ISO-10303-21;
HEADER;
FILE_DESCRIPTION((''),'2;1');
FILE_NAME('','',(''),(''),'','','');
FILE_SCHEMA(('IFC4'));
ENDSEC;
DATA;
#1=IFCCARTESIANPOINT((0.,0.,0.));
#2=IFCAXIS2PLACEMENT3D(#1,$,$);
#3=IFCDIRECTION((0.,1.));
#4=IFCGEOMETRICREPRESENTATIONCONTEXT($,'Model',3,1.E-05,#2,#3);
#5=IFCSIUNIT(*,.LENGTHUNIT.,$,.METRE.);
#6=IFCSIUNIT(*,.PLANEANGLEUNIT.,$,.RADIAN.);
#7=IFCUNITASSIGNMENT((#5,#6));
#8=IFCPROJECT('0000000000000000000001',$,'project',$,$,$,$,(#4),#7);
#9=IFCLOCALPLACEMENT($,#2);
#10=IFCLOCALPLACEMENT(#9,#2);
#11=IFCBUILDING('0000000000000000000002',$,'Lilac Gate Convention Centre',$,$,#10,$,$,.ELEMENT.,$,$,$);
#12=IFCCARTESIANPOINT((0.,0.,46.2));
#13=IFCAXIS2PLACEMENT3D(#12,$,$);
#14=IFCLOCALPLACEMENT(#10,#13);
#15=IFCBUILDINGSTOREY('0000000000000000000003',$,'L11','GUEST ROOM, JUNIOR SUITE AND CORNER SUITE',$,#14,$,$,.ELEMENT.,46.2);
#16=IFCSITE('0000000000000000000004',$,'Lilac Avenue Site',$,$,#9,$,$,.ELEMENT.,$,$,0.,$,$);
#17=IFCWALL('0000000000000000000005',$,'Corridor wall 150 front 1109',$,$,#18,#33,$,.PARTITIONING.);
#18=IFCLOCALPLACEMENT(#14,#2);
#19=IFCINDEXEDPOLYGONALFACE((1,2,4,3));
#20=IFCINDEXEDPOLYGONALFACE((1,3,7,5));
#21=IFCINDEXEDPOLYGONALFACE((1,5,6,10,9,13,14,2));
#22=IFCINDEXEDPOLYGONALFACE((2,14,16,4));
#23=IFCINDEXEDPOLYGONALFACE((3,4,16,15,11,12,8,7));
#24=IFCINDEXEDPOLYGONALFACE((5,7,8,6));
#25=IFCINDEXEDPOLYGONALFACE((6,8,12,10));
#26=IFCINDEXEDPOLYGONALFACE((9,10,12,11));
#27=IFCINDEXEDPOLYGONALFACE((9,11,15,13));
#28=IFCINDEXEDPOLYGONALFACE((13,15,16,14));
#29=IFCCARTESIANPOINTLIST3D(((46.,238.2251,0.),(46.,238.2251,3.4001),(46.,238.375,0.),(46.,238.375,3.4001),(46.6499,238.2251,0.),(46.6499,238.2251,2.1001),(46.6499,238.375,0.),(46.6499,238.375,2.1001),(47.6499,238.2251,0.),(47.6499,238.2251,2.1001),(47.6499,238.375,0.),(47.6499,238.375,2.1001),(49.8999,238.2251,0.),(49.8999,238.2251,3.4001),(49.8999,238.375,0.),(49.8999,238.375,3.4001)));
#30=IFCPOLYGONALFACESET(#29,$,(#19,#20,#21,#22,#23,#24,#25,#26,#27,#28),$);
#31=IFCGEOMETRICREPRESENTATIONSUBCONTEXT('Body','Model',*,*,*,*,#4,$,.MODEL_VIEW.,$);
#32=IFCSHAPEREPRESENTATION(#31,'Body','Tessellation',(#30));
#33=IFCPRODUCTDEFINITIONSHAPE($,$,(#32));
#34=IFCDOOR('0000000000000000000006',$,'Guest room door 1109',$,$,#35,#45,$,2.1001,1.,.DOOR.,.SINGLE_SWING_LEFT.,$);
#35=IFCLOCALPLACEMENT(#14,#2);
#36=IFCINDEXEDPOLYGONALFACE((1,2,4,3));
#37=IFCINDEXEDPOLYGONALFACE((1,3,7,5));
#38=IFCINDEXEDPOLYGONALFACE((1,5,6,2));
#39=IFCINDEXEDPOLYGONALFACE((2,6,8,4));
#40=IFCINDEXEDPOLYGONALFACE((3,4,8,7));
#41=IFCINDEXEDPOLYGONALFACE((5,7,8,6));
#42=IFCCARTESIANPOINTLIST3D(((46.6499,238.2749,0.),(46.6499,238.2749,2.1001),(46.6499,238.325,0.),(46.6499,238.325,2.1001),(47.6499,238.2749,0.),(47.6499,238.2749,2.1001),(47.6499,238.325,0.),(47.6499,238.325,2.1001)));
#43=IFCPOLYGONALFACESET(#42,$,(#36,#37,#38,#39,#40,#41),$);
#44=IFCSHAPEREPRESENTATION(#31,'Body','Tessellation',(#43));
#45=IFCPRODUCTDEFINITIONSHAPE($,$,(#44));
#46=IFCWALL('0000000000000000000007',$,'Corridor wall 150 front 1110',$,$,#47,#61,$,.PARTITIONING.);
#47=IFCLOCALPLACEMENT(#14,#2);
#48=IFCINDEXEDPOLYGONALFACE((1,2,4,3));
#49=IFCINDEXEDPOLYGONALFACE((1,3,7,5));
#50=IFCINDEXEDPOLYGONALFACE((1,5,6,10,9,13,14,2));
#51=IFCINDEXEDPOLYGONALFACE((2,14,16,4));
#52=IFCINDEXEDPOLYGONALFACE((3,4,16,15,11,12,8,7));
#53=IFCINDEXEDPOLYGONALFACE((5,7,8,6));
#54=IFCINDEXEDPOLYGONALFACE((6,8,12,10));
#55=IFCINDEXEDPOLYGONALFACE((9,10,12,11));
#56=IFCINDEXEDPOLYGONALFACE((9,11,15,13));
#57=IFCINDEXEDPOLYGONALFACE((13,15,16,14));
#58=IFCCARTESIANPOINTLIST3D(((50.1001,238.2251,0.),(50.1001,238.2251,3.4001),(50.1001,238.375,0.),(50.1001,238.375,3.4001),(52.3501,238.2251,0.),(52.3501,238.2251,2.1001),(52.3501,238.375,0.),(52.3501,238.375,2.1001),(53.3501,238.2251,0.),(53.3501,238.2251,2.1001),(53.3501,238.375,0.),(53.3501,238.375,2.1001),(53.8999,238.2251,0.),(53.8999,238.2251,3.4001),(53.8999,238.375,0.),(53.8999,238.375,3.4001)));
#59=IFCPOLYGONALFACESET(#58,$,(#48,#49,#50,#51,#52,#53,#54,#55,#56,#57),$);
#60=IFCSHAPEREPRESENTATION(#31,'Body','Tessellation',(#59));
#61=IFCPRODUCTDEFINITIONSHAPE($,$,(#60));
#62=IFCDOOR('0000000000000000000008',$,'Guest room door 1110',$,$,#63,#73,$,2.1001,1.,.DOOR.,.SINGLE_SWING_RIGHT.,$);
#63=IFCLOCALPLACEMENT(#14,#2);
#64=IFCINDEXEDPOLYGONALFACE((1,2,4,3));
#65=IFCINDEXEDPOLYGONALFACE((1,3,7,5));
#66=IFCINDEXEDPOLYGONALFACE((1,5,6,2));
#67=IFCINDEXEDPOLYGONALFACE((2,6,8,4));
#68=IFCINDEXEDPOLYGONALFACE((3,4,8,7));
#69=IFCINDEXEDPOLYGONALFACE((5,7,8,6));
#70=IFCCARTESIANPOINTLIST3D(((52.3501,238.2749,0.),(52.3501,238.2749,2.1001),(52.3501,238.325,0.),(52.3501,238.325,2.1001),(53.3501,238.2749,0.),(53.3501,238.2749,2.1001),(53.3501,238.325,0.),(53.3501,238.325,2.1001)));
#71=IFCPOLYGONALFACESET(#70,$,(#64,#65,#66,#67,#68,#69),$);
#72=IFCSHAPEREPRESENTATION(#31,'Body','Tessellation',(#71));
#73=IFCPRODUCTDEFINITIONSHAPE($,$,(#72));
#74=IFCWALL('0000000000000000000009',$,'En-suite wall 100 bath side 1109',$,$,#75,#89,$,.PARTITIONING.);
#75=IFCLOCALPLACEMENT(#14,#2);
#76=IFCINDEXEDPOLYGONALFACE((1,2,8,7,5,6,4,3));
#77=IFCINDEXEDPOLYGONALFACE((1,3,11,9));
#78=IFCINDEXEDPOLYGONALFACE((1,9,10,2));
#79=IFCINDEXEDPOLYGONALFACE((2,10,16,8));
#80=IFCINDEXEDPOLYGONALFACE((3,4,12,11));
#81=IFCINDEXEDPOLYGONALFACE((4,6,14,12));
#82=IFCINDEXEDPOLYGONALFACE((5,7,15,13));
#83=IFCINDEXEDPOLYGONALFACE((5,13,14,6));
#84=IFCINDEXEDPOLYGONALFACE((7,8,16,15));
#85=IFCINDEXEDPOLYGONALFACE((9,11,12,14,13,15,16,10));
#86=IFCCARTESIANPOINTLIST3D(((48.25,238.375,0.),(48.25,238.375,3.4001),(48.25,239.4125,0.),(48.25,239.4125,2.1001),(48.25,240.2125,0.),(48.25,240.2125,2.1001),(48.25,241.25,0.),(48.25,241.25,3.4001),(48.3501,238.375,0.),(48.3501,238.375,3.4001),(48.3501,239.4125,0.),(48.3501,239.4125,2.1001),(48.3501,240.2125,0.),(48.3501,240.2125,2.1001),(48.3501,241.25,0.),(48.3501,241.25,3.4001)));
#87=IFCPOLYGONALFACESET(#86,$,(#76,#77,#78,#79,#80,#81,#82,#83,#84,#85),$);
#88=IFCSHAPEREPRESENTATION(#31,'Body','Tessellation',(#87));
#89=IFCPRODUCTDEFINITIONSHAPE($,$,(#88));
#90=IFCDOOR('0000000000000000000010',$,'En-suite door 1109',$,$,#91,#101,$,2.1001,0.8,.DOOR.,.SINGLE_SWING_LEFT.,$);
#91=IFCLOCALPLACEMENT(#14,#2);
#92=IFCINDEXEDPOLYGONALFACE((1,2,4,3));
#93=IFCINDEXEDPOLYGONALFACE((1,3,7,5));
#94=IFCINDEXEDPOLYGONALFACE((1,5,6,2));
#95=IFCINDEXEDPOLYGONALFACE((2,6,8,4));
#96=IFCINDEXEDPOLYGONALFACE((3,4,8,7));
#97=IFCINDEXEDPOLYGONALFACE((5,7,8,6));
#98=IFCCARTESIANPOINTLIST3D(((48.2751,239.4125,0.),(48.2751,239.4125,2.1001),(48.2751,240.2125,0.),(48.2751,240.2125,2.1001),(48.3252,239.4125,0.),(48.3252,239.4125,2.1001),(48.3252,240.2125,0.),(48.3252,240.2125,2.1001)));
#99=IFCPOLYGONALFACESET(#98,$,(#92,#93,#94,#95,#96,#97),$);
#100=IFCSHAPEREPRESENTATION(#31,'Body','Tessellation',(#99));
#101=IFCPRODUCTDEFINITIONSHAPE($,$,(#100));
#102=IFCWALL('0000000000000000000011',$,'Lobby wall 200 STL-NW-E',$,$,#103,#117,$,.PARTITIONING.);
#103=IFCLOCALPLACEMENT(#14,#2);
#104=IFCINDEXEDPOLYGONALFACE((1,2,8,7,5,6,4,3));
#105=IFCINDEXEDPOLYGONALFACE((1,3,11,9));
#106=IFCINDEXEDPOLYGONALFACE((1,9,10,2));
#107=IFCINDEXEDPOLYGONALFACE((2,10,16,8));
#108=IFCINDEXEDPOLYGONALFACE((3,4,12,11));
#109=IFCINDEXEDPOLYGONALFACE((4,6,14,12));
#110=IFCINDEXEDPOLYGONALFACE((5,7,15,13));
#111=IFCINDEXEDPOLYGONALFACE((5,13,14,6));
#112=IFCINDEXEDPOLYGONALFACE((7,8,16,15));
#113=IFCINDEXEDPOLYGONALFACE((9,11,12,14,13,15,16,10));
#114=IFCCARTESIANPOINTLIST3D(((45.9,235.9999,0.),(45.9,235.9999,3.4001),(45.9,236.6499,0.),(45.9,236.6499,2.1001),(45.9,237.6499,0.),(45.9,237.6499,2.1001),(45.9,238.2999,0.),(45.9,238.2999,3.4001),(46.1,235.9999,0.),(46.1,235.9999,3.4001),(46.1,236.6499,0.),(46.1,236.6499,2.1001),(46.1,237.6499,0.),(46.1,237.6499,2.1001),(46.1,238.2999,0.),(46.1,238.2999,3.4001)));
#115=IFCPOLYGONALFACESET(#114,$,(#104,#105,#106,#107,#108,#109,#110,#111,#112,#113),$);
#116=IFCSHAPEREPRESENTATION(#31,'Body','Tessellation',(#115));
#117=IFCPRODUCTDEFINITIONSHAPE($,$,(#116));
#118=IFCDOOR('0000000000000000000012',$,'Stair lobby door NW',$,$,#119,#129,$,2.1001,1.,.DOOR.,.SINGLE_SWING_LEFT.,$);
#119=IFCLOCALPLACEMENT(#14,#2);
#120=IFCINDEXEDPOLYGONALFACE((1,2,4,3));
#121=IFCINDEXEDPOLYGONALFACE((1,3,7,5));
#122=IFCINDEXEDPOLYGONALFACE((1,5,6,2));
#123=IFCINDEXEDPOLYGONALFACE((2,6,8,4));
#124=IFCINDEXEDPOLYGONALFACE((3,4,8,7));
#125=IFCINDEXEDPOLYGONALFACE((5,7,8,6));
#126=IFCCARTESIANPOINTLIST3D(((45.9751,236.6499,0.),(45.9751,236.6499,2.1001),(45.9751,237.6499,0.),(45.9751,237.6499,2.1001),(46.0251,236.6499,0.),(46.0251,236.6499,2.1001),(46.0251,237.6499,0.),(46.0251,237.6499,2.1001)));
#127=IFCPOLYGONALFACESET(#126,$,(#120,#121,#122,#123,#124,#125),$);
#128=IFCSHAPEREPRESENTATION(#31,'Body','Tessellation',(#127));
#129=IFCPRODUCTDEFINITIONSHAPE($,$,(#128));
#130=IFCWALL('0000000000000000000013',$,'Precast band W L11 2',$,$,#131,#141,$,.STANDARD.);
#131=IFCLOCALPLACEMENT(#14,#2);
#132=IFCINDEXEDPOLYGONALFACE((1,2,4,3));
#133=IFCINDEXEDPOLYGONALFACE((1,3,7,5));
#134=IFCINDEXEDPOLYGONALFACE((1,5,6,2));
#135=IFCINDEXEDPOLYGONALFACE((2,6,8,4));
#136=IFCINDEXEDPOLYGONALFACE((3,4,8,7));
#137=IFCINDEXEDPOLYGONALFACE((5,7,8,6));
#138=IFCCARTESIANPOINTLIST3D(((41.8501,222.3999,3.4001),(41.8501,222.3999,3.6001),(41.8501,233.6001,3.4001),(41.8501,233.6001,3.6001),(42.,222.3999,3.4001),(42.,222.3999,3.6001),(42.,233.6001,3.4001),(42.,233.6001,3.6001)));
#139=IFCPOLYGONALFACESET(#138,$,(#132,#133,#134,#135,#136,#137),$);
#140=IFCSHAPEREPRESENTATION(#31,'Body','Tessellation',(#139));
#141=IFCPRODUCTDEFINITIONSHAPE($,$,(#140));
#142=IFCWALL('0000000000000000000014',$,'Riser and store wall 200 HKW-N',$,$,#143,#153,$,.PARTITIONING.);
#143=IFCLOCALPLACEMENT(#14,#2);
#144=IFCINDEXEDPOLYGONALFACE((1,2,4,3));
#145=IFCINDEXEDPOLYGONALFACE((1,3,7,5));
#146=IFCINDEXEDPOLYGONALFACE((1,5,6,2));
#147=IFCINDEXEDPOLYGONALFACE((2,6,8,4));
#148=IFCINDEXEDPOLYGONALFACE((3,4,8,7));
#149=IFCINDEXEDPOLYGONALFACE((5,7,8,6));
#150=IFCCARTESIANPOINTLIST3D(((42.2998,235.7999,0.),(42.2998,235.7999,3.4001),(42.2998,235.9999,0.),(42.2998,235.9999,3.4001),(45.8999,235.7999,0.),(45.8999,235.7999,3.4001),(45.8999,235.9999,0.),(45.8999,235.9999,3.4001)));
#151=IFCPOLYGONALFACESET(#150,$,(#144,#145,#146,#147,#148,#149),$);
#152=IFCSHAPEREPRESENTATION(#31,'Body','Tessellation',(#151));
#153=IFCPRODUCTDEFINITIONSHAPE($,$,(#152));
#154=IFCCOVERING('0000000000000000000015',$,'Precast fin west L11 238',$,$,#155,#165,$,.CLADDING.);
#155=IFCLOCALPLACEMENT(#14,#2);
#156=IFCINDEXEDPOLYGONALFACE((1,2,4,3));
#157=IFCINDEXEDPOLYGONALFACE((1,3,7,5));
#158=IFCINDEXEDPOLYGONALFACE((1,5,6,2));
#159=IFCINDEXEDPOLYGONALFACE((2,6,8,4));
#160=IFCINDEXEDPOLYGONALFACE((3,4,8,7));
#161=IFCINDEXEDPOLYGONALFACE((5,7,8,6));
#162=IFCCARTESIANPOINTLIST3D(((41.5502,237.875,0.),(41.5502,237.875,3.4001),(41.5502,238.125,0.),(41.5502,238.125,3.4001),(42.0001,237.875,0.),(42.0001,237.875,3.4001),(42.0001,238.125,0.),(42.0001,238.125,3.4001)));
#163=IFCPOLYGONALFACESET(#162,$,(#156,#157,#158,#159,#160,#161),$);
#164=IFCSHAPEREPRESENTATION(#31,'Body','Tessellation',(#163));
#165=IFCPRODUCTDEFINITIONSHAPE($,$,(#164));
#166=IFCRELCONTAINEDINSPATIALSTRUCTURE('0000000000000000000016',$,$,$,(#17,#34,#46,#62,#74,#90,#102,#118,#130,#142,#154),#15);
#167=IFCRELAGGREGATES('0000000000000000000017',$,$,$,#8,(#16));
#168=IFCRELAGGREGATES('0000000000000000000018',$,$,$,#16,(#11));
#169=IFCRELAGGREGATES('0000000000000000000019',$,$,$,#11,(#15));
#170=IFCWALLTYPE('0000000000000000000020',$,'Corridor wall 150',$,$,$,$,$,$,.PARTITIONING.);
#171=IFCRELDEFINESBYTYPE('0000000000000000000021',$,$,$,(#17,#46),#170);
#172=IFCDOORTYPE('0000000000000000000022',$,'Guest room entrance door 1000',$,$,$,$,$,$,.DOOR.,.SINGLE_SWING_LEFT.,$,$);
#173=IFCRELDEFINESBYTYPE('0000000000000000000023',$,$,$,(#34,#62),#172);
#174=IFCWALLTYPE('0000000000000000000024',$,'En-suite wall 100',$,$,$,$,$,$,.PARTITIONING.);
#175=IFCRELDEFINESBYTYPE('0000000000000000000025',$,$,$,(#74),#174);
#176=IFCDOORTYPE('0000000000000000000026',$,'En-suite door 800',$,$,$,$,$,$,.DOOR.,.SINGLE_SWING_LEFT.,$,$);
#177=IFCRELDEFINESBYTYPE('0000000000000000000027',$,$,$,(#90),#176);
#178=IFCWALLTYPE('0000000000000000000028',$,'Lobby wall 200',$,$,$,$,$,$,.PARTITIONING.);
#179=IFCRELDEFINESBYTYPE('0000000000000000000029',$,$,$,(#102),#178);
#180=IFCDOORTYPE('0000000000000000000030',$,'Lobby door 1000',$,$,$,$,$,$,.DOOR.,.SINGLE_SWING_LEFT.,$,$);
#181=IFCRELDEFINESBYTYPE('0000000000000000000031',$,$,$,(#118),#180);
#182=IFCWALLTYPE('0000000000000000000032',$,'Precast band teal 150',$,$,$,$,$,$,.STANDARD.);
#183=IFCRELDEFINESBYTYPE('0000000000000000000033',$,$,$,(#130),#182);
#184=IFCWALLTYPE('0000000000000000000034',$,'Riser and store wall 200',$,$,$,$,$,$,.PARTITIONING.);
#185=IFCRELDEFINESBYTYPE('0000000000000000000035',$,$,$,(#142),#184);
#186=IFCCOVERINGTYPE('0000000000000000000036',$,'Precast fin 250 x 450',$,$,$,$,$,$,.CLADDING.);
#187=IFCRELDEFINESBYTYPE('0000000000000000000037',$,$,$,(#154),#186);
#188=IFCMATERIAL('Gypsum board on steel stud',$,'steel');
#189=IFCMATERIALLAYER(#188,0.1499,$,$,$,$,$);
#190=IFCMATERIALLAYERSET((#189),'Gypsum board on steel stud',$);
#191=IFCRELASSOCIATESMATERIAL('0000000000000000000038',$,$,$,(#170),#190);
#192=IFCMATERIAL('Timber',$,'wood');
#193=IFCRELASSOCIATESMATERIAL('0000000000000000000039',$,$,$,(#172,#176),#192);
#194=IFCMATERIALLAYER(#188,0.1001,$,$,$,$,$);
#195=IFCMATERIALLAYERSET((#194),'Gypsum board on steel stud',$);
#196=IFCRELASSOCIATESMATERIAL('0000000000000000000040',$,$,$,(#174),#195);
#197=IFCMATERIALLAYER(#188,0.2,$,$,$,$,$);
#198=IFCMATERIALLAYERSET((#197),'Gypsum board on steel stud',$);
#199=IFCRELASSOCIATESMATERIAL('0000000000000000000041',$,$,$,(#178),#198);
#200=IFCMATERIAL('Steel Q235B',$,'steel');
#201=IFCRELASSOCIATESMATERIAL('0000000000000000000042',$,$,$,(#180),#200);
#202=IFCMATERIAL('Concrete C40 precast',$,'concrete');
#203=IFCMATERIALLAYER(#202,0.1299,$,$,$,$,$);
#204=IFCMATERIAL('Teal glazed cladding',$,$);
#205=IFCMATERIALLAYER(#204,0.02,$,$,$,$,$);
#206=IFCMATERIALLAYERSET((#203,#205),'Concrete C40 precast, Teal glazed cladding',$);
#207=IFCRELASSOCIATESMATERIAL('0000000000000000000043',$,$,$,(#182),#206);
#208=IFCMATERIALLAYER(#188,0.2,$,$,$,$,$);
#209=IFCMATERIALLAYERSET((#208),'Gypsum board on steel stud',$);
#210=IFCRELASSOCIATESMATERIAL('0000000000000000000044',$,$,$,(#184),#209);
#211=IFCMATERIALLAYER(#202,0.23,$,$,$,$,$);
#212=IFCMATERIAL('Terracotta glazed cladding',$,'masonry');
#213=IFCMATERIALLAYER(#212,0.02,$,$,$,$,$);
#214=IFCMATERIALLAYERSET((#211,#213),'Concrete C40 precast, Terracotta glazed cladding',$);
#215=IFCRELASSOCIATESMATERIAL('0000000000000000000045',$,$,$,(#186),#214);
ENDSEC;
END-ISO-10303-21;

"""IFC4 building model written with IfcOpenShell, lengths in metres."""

from ifc_helpers import new_model, si_unit, direction, frame, frame_2d, origin, place, context, subcontext, project, spatial, rectangle, extrude, material, layer, layer_set, type_object, element, fill, save


model = new_model("IFC4")

# Units and contexts
model_context = context("Model", 3, precision=1e-05, world=origin(), true_north=direction((0.0, 1.0)))
body_context = subcontext(model_context, "Body", "Model", "MODEL_VIEW")
ifc_project = project(units=[si_unit("LENGTHUNIT", "METRE"), si_unit("PLANEANGLEUNIT", "RADIAN")], contexts=[model_context])

# Site, building, storey
site_placement = place(None, origin())
site = spatial("IfcSite", under=ifc_project, at=site_placement, Name="Lilac Avenue Site", CompositionType="ELEMENT", RefElevation=0.0)
building_placement = place(site_placement, origin())
building = spatial("IfcBuilding", under=site, at=building_placement, Name="Lilac Gate Convention Centre", CompositionType="ELEMENT")
storey_placement = place(building_placement, frame((0.0, 0.0, 46.2)))
storey = spatial("IfcBuildingStorey", under=building, at=storey_placement, Name="L11", Description="GUEST ROOM, JUNIOR SUITE AND CORNER SUITE", CompositionType="ELEMENT", Elevation=46.2)

# Walls, openings, doors
ifc_material_1 = material(Name="Gypsum board on steel stud", Category="steel")
ifc_layer_1 = layer(ifc_material_1, 0.1499)
ifc_layer_set_1 = layer_set([ifc_layer_1], Name="Gypsum board on steel stud")
wall_type_1 = type_object("IfcWallType", Name="Corridor wall 150", PredefinedType="PARTITIONING", material=ifc_layer_set_1)
wall_1_placement = place(storey_placement, frame((46.0, 238.3, 0.0), z_axis=(0.0, 0.0, 1.0), x_axis=(1.0, 0.0, 0.0)))
wall_1 = element("IfcWall", 1, at=wall_1_placement, inside=storey, type_object=wall_type_1, Name="Corridor wall 150 front 1109", PredefinedType="PARTITIONING", context=body_context, shape_type="SweptSolid", body=[
    extrude(rectangle(XDim=3.8999, YDim=0.1499, at=frame_2d((1.95, 0.0))), origin(), (0.0, 0.0, 1.0), 3.4001),
])
opening_1_placement = place(wall_1_placement, frame((0.6499, 0.0, 0.0)))
opening_1 = element("IfcOpeningElement", 2, at=opening_1_placement, cuts=wall_1, PredefinedType="OPENING", context=body_context, shape_type="SweptSolid", body=[
    extrude(rectangle(XDim=1.0, YDim=2.1001, at=frame_2d((0.5, 1.05))), frame((0.0, 0.085, 0.0), z_axis=(0.0, -1.0, 0.0), x_axis=(1.0, 0.0, 0.0)), (0.0, 0.0, 1.0), 0.1699),
])
ifc_material_2 = material(Name="Timber", Category="wood")
door_type_1 = type_object("IfcDoorType", Name="Guest room entrance door 1000", OperationType="SINGLE_SWING_LEFT", PredefinedType="DOOR", material=ifc_material_2)
door_1_placement = place(opening_1_placement, origin())
door_1 = element("IfcDoor", 3, at=door_1_placement, inside=storey, type_object=door_type_1, Name="Guest room door 1109", OperationType="SINGLE_SWING_LEFT", OverallHeight=2.1001, OverallWidth=1.0, PredefinedType="DOOR", context=body_context, shape_type="SweptSolid", body=[
    extrude(rectangle(XDim=1.0, YDim=2.1001, at=frame_2d((0.5, 1.05))), frame((0.0, 0.0249, 0.0), z_axis=(0.0, -1.0, 0.0), x_axis=(1.0, 0.0, 0.0)), (0.0, 0.0, 1.0), 0.05),
])
fill(opening_1, door_1)
wall_2_placement = place(storey_placement, frame((50.1001, 238.3, 0.0), z_axis=(0.0, 0.0, 1.0), x_axis=(1.0, 0.0, 0.0)))
wall_2 = element("IfcWall", 4, at=wall_2_placement, inside=storey, type_object=wall_type_1, Name="Corridor wall 150 front 1110", PredefinedType="PARTITIONING", context=body_context, shape_type="SweptSolid", body=[
    extrude(rectangle(XDim=3.7998, YDim=0.1499, at=frame_2d((1.8999, 0.0))), origin(), (0.0, 0.0, 1.0), 3.4001),
])
opening_2_placement = place(wall_2_placement, frame((2.25, 0.0, 0.0)))
opening_2 = element("IfcOpeningElement", 5, at=opening_2_placement, cuts=wall_2, PredefinedType="OPENING", context=body_context, shape_type="SweptSolid", body=[
    extrude(rectangle(XDim=1.0, YDim=2.1001, at=frame_2d((0.5, 1.05))), frame((0.0, 0.085, 0.0), z_axis=(0.0, -1.0, 0.0), x_axis=(1.0, 0.0, 0.0)), (0.0, 0.0, 1.0), 0.1699),
])
door_2_placement = place(opening_2_placement, origin())
door_2 = element("IfcDoor", 6, at=door_2_placement, inside=storey, type_object=door_type_1, Name="Guest room door 1110", OperationType="SINGLE_SWING_RIGHT", OverallHeight=2.1001, OverallWidth=1.0, PredefinedType="DOOR", context=body_context, shape_type="SweptSolid", body=[
    extrude(rectangle(XDim=1.0, YDim=2.1001, at=frame_2d((0.5, 1.05))), frame((0.0, 0.0249, 0.0), z_axis=(0.0, -1.0, 0.0), x_axis=(1.0, 0.0, 0.0)), (0.0, 0.0, 1.0), 0.05),
])
fill(opening_2, door_2)
ifc_layer_2 = layer(ifc_material_1, 0.1001)
ifc_layer_set_2 = layer_set([ifc_layer_2], Name="Gypsum board on steel stud")
wall_type_2 = type_object("IfcWallType", Name="En-suite wall 100", PredefinedType="PARTITIONING", material=ifc_layer_set_2)
wall_3_placement = place(storey_placement, frame((48.3, 238.375, 0.0), z_axis=(0.0, 0.0, 1.0), x_axis=(0.0, 1.0, 0.0)))
wall_3 = element("IfcWall", 7, at=wall_3_placement, inside=storey, type_object=wall_type_2, Name="En-suite wall 100 bath side 1109", PredefinedType="PARTITIONING", context=body_context, shape_type="SweptSolid", body=[
    extrude(rectangle(XDim=2.875, YDim=0.1001, at=frame_2d((1.4375, 0.0))), origin(), (0.0, 0.0, 1.0), 3.4001),
])
opening_3_placement = place(wall_3_placement, frame((1.0376, 0.0, 0.0)))
opening_3 = element("IfcOpeningElement", 8, at=opening_3_placement, cuts=wall_3, PredefinedType="OPENING", context=body_context, shape_type="SweptSolid", body=[
    extrude(rectangle(XDim=0.8, YDim=2.1001, at=frame_2d((0.3999, 1.05))), frame((0.0, 0.0601, 0.0), z_axis=(0.0, -1.0, 0.0), x_axis=(1.0, 0.0, 0.0)), (0.0, 0.0, 1.0), 0.1201),
])
door_type_2 = type_object("IfcDoorType", Name="En-suite door 800", OperationType="SINGLE_SWING_LEFT", PredefinedType="DOOR", material=ifc_material_2)
door_3_placement = place(opening_3_placement, origin())
door_3 = element("IfcDoor", 9, at=door_3_placement, inside=storey, type_object=door_type_2, Name="En-suite door 1109", OperationType="SINGLE_SWING_LEFT", OverallHeight=2.1001, OverallWidth=0.8, PredefinedType="DOOR", context=body_context, shape_type="SweptSolid", body=[
    extrude(rectangle(XDim=0.8, YDim=2.1001, at=frame_2d((0.3999, 1.05))), frame((0.0, 0.0249, 0.0), z_axis=(0.0, -1.0, 0.0), x_axis=(1.0, 0.0, 0.0)), (0.0, 0.0, 1.0), 0.05),
])
fill(opening_3, door_3)
ifc_layer_3 = layer(ifc_material_1, 0.2)
ifc_layer_set_3 = layer_set([ifc_layer_3], Name="Gypsum board on steel stud")
wall_type_3 = type_object("IfcWallType", Name="Lobby wall 200", PredefinedType="PARTITIONING", material=ifc_layer_set_3)
wall_4_placement = place(storey_placement, frame((46.0, 236.0, 0.0), z_axis=(0.0, 0.0, 1.0), x_axis=(0.0, 1.0, 0.0)))
wall_4 = element("IfcWall", 10, at=wall_4_placement, inside=storey, type_object=wall_type_3, Name="Lobby wall 200 STL-NW-E", PredefinedType="PARTITIONING", context=body_context, shape_type="SweptSolid", body=[
    extrude(rectangle(XDim=2.3, YDim=0.2, at=frame_2d((1.1499, 0.0))), origin(), (0.0, 0.0, 1.0), 3.4001),
])
opening_4_placement = place(wall_4_placement, frame((0.6499, 0.0, 0.0)))
opening_4 = element("IfcOpeningElement", 11, at=opening_4_placement, cuts=wall_4, PredefinedType="OPENING", context=body_context, shape_type="SweptSolid", body=[
    extrude(rectangle(XDim=1.0, YDim=2.1001, at=frame_2d((0.5, 1.05))), frame((0.0, 0.1099, 0.0), z_axis=(0.0, -1.0, 0.0), x_axis=(1.0, 0.0, 0.0)), (0.0, 0.0, 1.0), 0.22),
])
ifc_material_3 = material(Name="Steel Q235B", Category="steel")
door_type_3 = type_object("IfcDoorType", Name="Lobby door 1000", OperationType="SINGLE_SWING_LEFT", PredefinedType="DOOR", material=ifc_material_3)
door_4_placement = place(opening_4_placement, origin())
door_4 = element("IfcDoor", 12, at=door_4_placement, inside=storey, type_object=door_type_3, Name="Stair lobby door NW", OperationType="SINGLE_SWING_LEFT", OverallHeight=2.1001, OverallWidth=1.0, PredefinedType="DOOR", context=body_context, shape_type="SweptSolid", body=[
    extrude(rectangle(XDim=1.0, YDim=2.1001, at=frame_2d((0.5, 1.05))), frame((0.0, 0.0249, 0.0), z_axis=(0.0, -1.0, 0.0), x_axis=(1.0, 0.0, 0.0)), (0.0, 0.0, 1.0), 0.05),
])
fill(opening_4, door_4)

# Walls
ifc_material_4 = material(Name="Concrete C40 precast", Category="concrete")
ifc_layer_4 = layer(ifc_material_4, 0.1299)
ifc_material_5 = material(Name="Teal glazed cladding")
ifc_layer_5 = layer(ifc_material_5, 0.02)
ifc_layer_set_4 = layer_set([ifc_layer_4, ifc_layer_5], Name="Concrete C40 precast, Teal glazed cladding")
wall_type_4 = type_object("IfcWallType", Name="Precast band teal 150", PredefinedType="STANDARD", material=ifc_layer_set_4)
wall_5_placement = place(storey_placement, frame((41.925, 233.6001, 3.4001), z_axis=(0.0, 0.0, 1.0), x_axis=(0.0, -1.0, 0.0)))
element("IfcWall", 13, at=wall_5_placement, inside=storey, type_object=wall_type_4, Name="Precast band W L11 2", PredefinedType="STANDARD", context=body_context, shape_type="SweptSolid", body=[
    extrude(rectangle(XDim=11.2002, YDim=0.1499, at=frame_2d((5.6001, 0.0))), origin(), (0.0, 0.0, 1.0), 0.2),
])
ifc_layer_6 = layer(ifc_material_1, 0.2)
ifc_layer_set_5 = layer_set([ifc_layer_6], Name="Gypsum board on steel stud")
wall_type_5 = type_object("IfcWallType", Name="Riser and store wall 200", PredefinedType="PARTITIONING", material=ifc_layer_set_5)
wall_6_placement = place(storey_placement, frame((42.2998, 235.8999, 0.0), z_axis=(0.0, 0.0, 1.0), x_axis=(1.0, 0.0, 0.0)))
element("IfcWall", 14, at=wall_6_placement, inside=storey, type_object=wall_type_5, Name="Riser and store wall 200 HKW-N", PredefinedType="PARTITIONING", context=body_context, shape_type="SweptSolid", body=[
    extrude(rectangle(XDim=3.6001, YDim=0.2, at=frame_2d((1.8, 0.0))), origin(), (0.0, 0.0, 1.0), 3.4001),
])

# Covering
ifc_layer_7 = layer(ifc_material_4, 0.23)
ifc_material_6 = material(Name="Terracotta glazed cladding", Category="masonry")
ifc_layer_8 = layer(ifc_material_6, 0.02)
ifc_layer_set_6 = layer_set([ifc_layer_7, ifc_layer_8], Name="Concrete C40 precast, Terracotta glazed cladding")
covering_type = type_object("IfcCoveringType", Name="Precast fin 250 x 450", PredefinedType="CLADDING", material=ifc_layer_set_6)
covering_placement = place(storey_placement, frame((41.55, 238.0, 0.0), z_axis=(0.0, 0.0, 1.0), x_axis=(1.0, 0.0, 0.0)))
element("IfcCovering", 15, at=covering_placement, inside=storey, type_object=covering_type, Name="Precast fin west L11 238", PredefinedType="CLADDING", context=body_context, shape_type="SweptSolid", body=[
    extrude(rectangle(XDim=0.45, YDim=0.25, at=frame_2d((0.2251, 0.0))), origin(), (0.0, 0.0, 1.0), 3.4001),
])

save(model, "model.ifc")
